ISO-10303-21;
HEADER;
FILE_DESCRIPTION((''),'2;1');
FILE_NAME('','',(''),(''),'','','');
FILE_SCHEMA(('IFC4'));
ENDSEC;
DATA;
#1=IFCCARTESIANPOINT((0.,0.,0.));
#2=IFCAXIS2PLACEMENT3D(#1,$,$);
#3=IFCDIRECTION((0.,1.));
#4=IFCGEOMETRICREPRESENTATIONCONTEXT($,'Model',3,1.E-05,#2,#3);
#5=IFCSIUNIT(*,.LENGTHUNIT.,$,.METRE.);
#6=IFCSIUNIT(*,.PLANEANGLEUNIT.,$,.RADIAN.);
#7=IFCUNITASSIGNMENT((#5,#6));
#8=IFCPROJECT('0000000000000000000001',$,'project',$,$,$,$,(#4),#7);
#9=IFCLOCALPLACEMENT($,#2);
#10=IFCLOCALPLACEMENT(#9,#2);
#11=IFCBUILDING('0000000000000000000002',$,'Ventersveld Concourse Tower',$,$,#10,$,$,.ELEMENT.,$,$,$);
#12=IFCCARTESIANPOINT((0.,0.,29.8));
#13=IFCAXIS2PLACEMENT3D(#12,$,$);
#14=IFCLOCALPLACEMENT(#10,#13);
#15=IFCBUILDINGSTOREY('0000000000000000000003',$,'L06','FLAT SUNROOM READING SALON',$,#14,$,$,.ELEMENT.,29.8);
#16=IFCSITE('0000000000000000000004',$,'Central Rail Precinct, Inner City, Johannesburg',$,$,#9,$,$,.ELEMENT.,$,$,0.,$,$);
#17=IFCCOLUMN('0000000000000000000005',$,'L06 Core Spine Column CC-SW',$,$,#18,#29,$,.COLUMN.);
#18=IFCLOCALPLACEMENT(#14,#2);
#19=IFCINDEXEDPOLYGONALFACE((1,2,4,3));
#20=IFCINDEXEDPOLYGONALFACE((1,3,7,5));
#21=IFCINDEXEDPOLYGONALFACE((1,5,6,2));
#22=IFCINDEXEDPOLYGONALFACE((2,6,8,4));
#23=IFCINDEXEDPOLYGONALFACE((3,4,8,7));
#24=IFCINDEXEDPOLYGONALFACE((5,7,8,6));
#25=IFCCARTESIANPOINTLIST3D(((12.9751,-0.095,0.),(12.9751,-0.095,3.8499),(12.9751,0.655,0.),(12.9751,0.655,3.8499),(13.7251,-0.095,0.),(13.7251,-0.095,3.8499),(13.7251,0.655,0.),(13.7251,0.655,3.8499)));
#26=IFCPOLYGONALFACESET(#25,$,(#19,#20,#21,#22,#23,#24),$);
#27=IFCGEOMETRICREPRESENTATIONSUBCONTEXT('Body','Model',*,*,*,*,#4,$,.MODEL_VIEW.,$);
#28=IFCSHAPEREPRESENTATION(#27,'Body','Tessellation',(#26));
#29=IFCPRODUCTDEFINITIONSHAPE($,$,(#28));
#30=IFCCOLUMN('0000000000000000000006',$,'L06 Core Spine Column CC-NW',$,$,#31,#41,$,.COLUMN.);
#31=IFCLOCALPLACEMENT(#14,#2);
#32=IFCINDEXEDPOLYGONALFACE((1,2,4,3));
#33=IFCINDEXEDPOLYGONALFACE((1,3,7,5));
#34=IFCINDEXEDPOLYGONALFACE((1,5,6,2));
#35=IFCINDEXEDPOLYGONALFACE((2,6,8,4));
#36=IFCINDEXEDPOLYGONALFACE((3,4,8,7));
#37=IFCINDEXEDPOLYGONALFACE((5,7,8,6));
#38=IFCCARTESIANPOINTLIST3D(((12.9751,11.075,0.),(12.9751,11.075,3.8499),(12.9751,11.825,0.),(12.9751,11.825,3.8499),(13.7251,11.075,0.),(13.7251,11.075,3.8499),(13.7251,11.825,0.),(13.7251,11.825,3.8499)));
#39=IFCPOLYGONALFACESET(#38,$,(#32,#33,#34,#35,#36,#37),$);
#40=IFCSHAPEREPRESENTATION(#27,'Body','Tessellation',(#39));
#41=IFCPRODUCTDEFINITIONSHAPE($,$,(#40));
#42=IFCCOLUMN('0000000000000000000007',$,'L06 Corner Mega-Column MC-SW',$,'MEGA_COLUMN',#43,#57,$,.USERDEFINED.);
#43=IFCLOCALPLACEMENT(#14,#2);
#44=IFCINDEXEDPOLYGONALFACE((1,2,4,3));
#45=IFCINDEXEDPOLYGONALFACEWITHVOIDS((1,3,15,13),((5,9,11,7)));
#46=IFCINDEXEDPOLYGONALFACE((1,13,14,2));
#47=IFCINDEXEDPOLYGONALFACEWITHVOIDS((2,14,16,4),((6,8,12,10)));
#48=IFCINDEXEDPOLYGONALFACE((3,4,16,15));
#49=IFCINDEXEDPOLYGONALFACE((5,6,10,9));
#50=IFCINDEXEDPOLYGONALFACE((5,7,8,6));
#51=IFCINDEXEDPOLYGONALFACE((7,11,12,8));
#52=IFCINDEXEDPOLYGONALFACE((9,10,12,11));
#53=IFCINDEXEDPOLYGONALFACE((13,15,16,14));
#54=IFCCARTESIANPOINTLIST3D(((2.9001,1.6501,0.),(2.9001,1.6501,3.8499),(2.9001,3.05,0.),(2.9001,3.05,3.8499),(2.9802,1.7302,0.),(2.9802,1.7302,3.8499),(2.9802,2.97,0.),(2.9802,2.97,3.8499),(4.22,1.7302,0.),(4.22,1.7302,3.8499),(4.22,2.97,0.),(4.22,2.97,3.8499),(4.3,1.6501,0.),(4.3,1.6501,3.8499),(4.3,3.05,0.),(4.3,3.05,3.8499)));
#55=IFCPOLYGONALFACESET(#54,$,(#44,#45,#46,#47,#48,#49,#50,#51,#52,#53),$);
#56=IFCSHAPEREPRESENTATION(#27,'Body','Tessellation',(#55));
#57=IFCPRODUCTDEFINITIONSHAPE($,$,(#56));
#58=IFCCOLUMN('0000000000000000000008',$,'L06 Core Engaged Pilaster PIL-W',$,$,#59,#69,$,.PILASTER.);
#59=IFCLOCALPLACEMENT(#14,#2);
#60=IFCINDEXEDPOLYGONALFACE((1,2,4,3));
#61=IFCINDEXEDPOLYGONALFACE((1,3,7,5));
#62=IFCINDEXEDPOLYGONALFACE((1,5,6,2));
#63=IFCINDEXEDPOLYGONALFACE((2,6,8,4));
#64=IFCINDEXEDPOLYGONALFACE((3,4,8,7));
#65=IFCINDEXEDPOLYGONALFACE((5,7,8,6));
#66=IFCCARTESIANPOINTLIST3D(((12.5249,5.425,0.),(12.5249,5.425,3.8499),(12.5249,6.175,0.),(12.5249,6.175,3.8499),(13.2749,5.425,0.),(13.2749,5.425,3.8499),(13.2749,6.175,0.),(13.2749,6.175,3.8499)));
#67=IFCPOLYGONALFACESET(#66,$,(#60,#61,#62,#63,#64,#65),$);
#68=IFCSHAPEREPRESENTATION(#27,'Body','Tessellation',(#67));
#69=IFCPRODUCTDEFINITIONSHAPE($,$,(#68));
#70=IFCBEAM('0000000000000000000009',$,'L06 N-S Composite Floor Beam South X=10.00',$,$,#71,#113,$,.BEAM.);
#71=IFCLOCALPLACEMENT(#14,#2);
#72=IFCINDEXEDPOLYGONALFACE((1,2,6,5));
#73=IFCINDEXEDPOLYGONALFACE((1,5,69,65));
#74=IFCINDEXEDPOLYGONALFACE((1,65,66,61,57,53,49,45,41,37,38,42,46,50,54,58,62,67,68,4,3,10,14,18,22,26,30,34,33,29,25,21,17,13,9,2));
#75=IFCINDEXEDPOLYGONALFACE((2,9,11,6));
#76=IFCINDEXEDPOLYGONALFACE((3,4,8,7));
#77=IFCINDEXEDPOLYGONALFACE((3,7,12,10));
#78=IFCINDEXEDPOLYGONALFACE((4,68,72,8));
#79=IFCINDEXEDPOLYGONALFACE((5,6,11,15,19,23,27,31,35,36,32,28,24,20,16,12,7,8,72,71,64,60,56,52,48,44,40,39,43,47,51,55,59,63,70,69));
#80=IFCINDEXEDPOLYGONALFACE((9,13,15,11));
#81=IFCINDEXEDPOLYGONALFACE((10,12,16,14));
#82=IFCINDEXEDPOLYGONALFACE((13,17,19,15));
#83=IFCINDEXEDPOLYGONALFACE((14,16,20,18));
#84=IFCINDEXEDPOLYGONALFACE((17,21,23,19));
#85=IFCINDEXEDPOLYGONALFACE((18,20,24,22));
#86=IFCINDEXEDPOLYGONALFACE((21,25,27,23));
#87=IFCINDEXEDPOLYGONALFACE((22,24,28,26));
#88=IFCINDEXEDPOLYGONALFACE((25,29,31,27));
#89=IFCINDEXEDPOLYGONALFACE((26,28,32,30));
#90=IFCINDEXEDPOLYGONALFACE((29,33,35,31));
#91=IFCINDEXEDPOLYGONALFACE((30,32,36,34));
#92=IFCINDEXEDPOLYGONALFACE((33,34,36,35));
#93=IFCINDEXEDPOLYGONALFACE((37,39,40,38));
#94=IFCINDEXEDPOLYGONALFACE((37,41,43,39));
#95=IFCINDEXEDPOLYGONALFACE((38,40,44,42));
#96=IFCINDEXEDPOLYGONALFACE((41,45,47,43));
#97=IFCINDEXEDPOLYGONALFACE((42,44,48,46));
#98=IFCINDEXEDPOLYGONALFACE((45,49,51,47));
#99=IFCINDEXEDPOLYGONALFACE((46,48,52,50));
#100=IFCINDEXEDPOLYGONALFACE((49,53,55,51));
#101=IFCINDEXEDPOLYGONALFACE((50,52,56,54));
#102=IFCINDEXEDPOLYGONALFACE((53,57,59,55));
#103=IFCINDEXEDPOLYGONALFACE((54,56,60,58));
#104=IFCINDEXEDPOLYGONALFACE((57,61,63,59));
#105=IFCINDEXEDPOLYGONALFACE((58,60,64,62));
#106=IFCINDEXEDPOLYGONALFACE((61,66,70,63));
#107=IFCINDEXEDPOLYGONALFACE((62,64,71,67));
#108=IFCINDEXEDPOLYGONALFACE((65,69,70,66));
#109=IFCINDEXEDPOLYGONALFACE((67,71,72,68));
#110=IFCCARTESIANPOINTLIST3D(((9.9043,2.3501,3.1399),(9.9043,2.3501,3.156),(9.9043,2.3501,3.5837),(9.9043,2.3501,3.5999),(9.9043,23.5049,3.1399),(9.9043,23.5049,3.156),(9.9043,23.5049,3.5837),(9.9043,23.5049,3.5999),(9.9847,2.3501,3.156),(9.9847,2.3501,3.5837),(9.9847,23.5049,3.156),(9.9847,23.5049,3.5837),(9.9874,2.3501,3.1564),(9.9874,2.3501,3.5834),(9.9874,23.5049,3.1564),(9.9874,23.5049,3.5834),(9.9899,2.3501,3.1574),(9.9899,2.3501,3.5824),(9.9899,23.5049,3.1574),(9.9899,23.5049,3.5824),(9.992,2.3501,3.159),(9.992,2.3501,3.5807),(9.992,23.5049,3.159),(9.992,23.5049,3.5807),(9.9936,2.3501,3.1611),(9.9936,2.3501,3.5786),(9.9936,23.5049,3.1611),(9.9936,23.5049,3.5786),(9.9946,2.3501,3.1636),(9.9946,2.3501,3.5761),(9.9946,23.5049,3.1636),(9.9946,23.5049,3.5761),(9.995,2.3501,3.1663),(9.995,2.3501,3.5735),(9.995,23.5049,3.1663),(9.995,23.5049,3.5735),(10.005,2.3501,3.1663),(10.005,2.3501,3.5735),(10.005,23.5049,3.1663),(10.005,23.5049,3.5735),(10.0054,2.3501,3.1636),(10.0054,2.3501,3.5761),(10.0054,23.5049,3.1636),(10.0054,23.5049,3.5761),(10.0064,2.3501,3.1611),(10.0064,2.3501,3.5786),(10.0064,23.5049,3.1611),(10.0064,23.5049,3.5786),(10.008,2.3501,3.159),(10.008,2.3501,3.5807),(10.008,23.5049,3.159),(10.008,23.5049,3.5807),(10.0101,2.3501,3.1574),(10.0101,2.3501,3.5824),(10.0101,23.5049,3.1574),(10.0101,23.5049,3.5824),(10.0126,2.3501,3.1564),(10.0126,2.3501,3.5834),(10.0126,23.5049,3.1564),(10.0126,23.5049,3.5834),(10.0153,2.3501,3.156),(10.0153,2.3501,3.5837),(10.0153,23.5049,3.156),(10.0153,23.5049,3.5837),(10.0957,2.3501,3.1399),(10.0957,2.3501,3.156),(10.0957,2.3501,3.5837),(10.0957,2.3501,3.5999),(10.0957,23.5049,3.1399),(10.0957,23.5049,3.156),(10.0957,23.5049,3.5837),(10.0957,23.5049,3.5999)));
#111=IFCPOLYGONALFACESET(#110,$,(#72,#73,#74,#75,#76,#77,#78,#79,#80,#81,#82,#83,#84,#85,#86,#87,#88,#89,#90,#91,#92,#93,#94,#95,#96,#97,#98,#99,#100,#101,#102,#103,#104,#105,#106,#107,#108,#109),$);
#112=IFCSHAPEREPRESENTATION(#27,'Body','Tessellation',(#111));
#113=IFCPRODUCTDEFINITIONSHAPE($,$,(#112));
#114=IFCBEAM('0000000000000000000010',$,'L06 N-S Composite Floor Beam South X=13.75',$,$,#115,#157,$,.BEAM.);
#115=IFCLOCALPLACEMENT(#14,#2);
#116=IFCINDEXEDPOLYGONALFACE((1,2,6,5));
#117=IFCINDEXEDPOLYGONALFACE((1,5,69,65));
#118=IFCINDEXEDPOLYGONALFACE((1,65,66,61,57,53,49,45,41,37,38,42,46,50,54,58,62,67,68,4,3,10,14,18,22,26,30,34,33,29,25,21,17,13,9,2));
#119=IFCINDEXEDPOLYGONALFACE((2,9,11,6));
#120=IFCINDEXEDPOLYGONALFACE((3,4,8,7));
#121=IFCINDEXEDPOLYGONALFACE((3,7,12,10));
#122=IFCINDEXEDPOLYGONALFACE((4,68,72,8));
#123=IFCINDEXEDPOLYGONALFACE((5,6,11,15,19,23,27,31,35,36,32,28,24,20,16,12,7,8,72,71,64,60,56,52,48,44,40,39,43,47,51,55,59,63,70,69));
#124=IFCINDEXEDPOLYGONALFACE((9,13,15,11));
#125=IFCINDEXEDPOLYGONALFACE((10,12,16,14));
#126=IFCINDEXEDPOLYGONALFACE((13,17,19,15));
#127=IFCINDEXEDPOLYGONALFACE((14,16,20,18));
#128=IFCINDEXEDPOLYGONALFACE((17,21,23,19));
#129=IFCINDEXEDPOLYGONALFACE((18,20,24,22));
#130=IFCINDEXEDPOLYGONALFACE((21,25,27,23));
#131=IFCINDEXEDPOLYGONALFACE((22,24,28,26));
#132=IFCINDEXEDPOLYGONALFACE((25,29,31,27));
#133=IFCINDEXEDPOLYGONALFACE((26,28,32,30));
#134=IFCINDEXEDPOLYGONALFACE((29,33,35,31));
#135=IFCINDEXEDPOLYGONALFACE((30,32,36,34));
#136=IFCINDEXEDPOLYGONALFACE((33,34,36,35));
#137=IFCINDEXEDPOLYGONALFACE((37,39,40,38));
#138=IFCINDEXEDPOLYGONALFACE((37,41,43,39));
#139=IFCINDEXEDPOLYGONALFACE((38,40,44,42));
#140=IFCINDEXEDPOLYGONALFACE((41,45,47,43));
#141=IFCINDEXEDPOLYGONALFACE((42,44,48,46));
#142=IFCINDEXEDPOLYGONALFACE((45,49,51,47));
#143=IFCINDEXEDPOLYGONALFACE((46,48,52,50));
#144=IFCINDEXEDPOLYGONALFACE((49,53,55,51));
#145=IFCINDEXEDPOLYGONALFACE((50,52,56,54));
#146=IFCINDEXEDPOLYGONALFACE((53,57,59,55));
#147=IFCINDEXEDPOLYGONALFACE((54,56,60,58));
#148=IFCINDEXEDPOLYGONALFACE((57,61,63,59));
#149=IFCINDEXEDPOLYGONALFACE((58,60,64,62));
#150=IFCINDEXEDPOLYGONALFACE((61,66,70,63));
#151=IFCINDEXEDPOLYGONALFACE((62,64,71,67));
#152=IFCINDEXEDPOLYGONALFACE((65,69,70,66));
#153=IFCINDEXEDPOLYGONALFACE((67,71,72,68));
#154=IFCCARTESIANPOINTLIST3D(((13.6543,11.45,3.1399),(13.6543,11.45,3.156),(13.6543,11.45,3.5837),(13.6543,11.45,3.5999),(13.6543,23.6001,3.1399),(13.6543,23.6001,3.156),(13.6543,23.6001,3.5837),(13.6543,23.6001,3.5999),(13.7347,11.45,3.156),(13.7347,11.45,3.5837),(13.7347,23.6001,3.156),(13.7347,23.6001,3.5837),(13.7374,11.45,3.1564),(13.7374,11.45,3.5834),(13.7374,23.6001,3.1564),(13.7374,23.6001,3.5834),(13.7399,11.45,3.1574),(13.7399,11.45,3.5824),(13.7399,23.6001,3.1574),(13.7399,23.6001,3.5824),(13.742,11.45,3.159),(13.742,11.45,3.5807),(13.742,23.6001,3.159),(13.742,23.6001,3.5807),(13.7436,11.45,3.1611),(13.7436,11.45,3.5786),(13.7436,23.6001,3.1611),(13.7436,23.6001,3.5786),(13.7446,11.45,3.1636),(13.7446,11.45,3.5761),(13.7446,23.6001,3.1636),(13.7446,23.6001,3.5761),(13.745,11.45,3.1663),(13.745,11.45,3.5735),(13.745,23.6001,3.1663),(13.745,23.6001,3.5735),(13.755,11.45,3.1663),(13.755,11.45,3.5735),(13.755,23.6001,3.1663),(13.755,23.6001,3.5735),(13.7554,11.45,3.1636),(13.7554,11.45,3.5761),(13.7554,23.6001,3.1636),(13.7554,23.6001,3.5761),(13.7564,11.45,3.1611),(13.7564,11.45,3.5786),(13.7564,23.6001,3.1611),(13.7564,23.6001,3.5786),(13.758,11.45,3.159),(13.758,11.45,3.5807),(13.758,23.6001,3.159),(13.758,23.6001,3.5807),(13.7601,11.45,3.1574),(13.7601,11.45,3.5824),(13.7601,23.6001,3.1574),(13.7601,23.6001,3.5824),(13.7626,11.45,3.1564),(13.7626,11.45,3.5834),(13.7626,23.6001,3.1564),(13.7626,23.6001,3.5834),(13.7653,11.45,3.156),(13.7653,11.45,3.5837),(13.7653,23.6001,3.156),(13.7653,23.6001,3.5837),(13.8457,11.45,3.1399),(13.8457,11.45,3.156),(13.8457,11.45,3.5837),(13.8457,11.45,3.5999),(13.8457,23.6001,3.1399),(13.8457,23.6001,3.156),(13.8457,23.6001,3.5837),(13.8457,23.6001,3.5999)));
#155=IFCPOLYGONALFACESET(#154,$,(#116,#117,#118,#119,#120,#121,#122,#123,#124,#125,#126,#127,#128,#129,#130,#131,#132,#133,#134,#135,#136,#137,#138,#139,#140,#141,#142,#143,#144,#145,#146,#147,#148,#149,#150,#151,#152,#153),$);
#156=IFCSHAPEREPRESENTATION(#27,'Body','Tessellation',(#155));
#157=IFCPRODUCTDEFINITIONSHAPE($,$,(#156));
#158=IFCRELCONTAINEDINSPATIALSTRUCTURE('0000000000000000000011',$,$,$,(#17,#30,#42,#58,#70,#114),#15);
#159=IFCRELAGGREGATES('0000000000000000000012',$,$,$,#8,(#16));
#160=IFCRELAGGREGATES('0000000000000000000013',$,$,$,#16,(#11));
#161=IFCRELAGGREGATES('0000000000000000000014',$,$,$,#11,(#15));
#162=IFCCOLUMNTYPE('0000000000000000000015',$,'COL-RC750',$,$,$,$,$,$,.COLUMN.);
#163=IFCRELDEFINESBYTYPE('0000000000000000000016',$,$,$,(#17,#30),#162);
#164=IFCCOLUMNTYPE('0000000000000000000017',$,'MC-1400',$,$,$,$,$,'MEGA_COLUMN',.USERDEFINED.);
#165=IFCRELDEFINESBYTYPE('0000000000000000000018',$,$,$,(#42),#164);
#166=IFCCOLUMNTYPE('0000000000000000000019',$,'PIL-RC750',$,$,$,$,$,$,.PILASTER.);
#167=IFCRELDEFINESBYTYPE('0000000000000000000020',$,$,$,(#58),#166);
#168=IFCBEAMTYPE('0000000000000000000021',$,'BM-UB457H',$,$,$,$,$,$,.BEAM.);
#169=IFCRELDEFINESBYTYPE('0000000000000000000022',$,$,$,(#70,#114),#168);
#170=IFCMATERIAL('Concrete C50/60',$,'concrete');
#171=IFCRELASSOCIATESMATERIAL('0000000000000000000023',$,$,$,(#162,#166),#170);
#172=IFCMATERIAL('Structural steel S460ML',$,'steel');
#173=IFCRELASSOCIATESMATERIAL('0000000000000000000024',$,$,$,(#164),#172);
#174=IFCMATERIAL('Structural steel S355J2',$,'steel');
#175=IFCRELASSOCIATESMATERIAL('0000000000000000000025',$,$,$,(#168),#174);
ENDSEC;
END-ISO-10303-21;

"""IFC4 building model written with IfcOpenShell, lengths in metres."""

from ifc_helpers import new_model, si_unit, direction, frame, origin, origin_2d, place, context, subcontext, project, spatial, rectangle, hollow_rectangle, i_section, extrude, material, material_profile, profile_set, type_object, element, save


model = new_model("IFC4")

# Units and contexts
model_context = context("Model", 3, precision=1e-05, world=origin(), true_north=direction((0.0, 1.0)))
body_context = subcontext(model_context, "Body", "Model", "MODEL_VIEW")
ifc_project = project(units=[si_unit("LENGTHUNIT", "METRE"), si_unit("PLANEANGLEUNIT", "RADIAN")], contexts=[model_context])

# Site, building, storey
site_placement = place(None, origin())
site = spatial("IfcSite", under=ifc_project, at=site_placement, Name="Central Rail Precinct, Inner City, Johannesburg", CompositionType="ELEMENT", RefElevation=0.0)
building_placement = place(site_placement, origin())
building = spatial("IfcBuilding", under=site, at=building_placement, Name="Ventersveld Concourse Tower", CompositionType="ELEMENT")
storey_placement = place(building_placement, frame((0.0, 0.0, 29.8)))
storey = spatial("IfcBuildingStorey", under=building, at=storey_placement, Name="L06", Description="FLAT SUNROOM READING SALON", CompositionType="ELEMENT", Elevation=29.8)

# Columns
ifc_material_1 = material(Name="Concrete C50/60", Category="concrete")
ifc_material_profile_1 = material_profile(ifc_material_1, rectangle(XDim=0.75, YDim=0.75, at=origin_2d()), Name="RC 750x750")
ifc_profile_set_1 = profile_set([ifc_material_profile_1], Name="Concrete C50/60")
column_type_1 = type_object("IfcColumnType", Name="COL-RC750", PredefinedType="COLUMN", material=ifc_profile_set_1)
for number, where, z_axis, x_axis, name in (
    (1, (13.3501, 0.28, 0.0), (0.0, 0.0, 1.0), (1.0, 0.0, 0.0), "L06 Core Spine Column CC-SW"),
    (2, (13.3501, 11.45, 0.0), (0.0, 0.0, 1.0), (1.0, 0.0, 0.0), "L06 Core Spine Column CC-NW"),
):
    element("IfcColumn", number, at=place(storey_placement, frame(where, z_axis=z_axis, x_axis=x_axis)), inside=storey, type_object=column_type_1, Name=name, PredefinedType="COLUMN", context=body_context, shape_type="SweptSolid", body=[
        extrude(rectangle(XDim=0.75, YDim=0.75, at=origin_2d()), origin(), (0.0, 0.0, 1.0), 3.8499),
    ])
ifc_material_2 = material(Name="Structural steel S460ML", Category="steel")
ifc_material_profile_2 = material_profile(ifc_material_2, hollow_rectangle(XDim=1.3999, YDim=1.3999, WallThickness=0.0801, at=origin_2d()), Name="BOX 1400x1400x80")
ifc_profile_set_2 = profile_set([ifc_material_profile_2], Name="Structural steel S460ML")
column_type_2 = type_object("IfcColumnType", Name="MC-1400", ElementType="MEGA_COLUMN", PredefinedType="USERDEFINED", material=ifc_profile_set_2)
column_1_placement = place(storey_placement, frame((3.6001, 2.3501, 0.0), z_axis=(0.0, 0.0, 1.0), x_axis=(1.0, 0.0, 0.0)))
element("IfcColumn", 3, at=column_1_placement, inside=storey, type_object=column_type_2, Name="L06 Corner Mega-Column MC-SW", ObjectType="MEGA_COLUMN", PredefinedType="USERDEFINED", context=body_context, shape_type="SweptSolid", body=[
    extrude(hollow_rectangle(XDim=1.3999, YDim=1.3999, WallThickness=0.0801, at=origin_2d()), origin(), (0.0, 0.0, 1.0), 3.8499),
])
ifc_material_profile_3 = material_profile(ifc_material_1, rectangle(XDim=0.75, YDim=0.75, at=origin_2d()), Name="RC 750x750")
ifc_profile_set_3 = profile_set([ifc_material_profile_3], Name="Concrete C50/60")
column_type_3 = type_object("IfcColumnType", Name="PIL-RC750", PredefinedType="PILASTER", material=ifc_profile_set_3)
column_2_placement = place(storey_placement, frame((12.8999, 5.8, 0.0), z_axis=(0.0, 0.0, 1.0), x_axis=(1.0, 0.0, 0.0)))
element("IfcColumn", 4, at=column_2_placement, inside=storey, type_object=column_type_3, Name="L06 Core Engaged Pilaster PIL-W", PredefinedType="PILASTER", context=body_context, shape_type="SweptSolid", body=[
    extrude(rectangle(XDim=0.75, YDim=0.75, at=origin_2d()), origin(), (0.0, 0.0, 1.0), 3.8499),
])

# Beams
ifc_material_3 = material(Name="Structural steel S355J2", Category="steel")
ifc_material_profile_4 = material_profile(ifc_material_3, i_section(OverallWidth=0.1914, OverallDepth=0.46, WebThickness=0.01, FlangeThickness=0.0161, FilletRadius=0.0103, at=origin_2d()), Name="UB 457x191x82")
ifc_profile_set_4 = profile_set([ifc_material_profile_4], Name="Structural steel S355J2")
beam_type_1 = type_object("IfcBeamType", Name="BM-UB457H", PredefinedType="BEAM", material=ifc_profile_set_4)
beam_1_placement = place(storey_placement, frame((10.0, 2.3501, 3.3699), z_axis=(0.0, 1.0, 0.0), x_axis=(-1.0, 0.0, 0.0)))
element("IfcBeam", 5, at=beam_1_placement, inside=storey, type_object=beam_type_1, Name="L06 N-S Composite Floor Beam South X=10.00", PredefinedType="BEAM", context=body_context, shape_type="SweptSolid", body=[
    extrude(i_section(OverallWidth=0.1914, OverallDepth=0.46, WebThickness=0.01, FlangeThickness=0.0161, FilletRadius=0.0103, at=origin_2d()), origin(), (0.0, 0.0, 1.0), 21.1548),
])
beam_2_placement = place(storey_placement, frame((13.75, 11.45, 3.3699), z_axis=(0.0, 1.0, 0.0), x_axis=(-1.0, 0.0, 0.0)))
element("IfcBeam", 6, at=beam_2_placement, inside=storey, type_object=beam_type_1, Name="L06 N-S Composite Floor Beam South X=13.75", PredefinedType="BEAM", context=body_context, shape_type="SweptSolid", body=[
    extrude(i_section(OverallWidth=0.1914, OverallDepth=0.46, WebThickness=0.01, FlangeThickness=0.0161, FilletRadius=0.0103, at=origin_2d()), origin(), (0.0, 0.0, 1.0), 12.1501),
])

save(model, "model.ifc")
